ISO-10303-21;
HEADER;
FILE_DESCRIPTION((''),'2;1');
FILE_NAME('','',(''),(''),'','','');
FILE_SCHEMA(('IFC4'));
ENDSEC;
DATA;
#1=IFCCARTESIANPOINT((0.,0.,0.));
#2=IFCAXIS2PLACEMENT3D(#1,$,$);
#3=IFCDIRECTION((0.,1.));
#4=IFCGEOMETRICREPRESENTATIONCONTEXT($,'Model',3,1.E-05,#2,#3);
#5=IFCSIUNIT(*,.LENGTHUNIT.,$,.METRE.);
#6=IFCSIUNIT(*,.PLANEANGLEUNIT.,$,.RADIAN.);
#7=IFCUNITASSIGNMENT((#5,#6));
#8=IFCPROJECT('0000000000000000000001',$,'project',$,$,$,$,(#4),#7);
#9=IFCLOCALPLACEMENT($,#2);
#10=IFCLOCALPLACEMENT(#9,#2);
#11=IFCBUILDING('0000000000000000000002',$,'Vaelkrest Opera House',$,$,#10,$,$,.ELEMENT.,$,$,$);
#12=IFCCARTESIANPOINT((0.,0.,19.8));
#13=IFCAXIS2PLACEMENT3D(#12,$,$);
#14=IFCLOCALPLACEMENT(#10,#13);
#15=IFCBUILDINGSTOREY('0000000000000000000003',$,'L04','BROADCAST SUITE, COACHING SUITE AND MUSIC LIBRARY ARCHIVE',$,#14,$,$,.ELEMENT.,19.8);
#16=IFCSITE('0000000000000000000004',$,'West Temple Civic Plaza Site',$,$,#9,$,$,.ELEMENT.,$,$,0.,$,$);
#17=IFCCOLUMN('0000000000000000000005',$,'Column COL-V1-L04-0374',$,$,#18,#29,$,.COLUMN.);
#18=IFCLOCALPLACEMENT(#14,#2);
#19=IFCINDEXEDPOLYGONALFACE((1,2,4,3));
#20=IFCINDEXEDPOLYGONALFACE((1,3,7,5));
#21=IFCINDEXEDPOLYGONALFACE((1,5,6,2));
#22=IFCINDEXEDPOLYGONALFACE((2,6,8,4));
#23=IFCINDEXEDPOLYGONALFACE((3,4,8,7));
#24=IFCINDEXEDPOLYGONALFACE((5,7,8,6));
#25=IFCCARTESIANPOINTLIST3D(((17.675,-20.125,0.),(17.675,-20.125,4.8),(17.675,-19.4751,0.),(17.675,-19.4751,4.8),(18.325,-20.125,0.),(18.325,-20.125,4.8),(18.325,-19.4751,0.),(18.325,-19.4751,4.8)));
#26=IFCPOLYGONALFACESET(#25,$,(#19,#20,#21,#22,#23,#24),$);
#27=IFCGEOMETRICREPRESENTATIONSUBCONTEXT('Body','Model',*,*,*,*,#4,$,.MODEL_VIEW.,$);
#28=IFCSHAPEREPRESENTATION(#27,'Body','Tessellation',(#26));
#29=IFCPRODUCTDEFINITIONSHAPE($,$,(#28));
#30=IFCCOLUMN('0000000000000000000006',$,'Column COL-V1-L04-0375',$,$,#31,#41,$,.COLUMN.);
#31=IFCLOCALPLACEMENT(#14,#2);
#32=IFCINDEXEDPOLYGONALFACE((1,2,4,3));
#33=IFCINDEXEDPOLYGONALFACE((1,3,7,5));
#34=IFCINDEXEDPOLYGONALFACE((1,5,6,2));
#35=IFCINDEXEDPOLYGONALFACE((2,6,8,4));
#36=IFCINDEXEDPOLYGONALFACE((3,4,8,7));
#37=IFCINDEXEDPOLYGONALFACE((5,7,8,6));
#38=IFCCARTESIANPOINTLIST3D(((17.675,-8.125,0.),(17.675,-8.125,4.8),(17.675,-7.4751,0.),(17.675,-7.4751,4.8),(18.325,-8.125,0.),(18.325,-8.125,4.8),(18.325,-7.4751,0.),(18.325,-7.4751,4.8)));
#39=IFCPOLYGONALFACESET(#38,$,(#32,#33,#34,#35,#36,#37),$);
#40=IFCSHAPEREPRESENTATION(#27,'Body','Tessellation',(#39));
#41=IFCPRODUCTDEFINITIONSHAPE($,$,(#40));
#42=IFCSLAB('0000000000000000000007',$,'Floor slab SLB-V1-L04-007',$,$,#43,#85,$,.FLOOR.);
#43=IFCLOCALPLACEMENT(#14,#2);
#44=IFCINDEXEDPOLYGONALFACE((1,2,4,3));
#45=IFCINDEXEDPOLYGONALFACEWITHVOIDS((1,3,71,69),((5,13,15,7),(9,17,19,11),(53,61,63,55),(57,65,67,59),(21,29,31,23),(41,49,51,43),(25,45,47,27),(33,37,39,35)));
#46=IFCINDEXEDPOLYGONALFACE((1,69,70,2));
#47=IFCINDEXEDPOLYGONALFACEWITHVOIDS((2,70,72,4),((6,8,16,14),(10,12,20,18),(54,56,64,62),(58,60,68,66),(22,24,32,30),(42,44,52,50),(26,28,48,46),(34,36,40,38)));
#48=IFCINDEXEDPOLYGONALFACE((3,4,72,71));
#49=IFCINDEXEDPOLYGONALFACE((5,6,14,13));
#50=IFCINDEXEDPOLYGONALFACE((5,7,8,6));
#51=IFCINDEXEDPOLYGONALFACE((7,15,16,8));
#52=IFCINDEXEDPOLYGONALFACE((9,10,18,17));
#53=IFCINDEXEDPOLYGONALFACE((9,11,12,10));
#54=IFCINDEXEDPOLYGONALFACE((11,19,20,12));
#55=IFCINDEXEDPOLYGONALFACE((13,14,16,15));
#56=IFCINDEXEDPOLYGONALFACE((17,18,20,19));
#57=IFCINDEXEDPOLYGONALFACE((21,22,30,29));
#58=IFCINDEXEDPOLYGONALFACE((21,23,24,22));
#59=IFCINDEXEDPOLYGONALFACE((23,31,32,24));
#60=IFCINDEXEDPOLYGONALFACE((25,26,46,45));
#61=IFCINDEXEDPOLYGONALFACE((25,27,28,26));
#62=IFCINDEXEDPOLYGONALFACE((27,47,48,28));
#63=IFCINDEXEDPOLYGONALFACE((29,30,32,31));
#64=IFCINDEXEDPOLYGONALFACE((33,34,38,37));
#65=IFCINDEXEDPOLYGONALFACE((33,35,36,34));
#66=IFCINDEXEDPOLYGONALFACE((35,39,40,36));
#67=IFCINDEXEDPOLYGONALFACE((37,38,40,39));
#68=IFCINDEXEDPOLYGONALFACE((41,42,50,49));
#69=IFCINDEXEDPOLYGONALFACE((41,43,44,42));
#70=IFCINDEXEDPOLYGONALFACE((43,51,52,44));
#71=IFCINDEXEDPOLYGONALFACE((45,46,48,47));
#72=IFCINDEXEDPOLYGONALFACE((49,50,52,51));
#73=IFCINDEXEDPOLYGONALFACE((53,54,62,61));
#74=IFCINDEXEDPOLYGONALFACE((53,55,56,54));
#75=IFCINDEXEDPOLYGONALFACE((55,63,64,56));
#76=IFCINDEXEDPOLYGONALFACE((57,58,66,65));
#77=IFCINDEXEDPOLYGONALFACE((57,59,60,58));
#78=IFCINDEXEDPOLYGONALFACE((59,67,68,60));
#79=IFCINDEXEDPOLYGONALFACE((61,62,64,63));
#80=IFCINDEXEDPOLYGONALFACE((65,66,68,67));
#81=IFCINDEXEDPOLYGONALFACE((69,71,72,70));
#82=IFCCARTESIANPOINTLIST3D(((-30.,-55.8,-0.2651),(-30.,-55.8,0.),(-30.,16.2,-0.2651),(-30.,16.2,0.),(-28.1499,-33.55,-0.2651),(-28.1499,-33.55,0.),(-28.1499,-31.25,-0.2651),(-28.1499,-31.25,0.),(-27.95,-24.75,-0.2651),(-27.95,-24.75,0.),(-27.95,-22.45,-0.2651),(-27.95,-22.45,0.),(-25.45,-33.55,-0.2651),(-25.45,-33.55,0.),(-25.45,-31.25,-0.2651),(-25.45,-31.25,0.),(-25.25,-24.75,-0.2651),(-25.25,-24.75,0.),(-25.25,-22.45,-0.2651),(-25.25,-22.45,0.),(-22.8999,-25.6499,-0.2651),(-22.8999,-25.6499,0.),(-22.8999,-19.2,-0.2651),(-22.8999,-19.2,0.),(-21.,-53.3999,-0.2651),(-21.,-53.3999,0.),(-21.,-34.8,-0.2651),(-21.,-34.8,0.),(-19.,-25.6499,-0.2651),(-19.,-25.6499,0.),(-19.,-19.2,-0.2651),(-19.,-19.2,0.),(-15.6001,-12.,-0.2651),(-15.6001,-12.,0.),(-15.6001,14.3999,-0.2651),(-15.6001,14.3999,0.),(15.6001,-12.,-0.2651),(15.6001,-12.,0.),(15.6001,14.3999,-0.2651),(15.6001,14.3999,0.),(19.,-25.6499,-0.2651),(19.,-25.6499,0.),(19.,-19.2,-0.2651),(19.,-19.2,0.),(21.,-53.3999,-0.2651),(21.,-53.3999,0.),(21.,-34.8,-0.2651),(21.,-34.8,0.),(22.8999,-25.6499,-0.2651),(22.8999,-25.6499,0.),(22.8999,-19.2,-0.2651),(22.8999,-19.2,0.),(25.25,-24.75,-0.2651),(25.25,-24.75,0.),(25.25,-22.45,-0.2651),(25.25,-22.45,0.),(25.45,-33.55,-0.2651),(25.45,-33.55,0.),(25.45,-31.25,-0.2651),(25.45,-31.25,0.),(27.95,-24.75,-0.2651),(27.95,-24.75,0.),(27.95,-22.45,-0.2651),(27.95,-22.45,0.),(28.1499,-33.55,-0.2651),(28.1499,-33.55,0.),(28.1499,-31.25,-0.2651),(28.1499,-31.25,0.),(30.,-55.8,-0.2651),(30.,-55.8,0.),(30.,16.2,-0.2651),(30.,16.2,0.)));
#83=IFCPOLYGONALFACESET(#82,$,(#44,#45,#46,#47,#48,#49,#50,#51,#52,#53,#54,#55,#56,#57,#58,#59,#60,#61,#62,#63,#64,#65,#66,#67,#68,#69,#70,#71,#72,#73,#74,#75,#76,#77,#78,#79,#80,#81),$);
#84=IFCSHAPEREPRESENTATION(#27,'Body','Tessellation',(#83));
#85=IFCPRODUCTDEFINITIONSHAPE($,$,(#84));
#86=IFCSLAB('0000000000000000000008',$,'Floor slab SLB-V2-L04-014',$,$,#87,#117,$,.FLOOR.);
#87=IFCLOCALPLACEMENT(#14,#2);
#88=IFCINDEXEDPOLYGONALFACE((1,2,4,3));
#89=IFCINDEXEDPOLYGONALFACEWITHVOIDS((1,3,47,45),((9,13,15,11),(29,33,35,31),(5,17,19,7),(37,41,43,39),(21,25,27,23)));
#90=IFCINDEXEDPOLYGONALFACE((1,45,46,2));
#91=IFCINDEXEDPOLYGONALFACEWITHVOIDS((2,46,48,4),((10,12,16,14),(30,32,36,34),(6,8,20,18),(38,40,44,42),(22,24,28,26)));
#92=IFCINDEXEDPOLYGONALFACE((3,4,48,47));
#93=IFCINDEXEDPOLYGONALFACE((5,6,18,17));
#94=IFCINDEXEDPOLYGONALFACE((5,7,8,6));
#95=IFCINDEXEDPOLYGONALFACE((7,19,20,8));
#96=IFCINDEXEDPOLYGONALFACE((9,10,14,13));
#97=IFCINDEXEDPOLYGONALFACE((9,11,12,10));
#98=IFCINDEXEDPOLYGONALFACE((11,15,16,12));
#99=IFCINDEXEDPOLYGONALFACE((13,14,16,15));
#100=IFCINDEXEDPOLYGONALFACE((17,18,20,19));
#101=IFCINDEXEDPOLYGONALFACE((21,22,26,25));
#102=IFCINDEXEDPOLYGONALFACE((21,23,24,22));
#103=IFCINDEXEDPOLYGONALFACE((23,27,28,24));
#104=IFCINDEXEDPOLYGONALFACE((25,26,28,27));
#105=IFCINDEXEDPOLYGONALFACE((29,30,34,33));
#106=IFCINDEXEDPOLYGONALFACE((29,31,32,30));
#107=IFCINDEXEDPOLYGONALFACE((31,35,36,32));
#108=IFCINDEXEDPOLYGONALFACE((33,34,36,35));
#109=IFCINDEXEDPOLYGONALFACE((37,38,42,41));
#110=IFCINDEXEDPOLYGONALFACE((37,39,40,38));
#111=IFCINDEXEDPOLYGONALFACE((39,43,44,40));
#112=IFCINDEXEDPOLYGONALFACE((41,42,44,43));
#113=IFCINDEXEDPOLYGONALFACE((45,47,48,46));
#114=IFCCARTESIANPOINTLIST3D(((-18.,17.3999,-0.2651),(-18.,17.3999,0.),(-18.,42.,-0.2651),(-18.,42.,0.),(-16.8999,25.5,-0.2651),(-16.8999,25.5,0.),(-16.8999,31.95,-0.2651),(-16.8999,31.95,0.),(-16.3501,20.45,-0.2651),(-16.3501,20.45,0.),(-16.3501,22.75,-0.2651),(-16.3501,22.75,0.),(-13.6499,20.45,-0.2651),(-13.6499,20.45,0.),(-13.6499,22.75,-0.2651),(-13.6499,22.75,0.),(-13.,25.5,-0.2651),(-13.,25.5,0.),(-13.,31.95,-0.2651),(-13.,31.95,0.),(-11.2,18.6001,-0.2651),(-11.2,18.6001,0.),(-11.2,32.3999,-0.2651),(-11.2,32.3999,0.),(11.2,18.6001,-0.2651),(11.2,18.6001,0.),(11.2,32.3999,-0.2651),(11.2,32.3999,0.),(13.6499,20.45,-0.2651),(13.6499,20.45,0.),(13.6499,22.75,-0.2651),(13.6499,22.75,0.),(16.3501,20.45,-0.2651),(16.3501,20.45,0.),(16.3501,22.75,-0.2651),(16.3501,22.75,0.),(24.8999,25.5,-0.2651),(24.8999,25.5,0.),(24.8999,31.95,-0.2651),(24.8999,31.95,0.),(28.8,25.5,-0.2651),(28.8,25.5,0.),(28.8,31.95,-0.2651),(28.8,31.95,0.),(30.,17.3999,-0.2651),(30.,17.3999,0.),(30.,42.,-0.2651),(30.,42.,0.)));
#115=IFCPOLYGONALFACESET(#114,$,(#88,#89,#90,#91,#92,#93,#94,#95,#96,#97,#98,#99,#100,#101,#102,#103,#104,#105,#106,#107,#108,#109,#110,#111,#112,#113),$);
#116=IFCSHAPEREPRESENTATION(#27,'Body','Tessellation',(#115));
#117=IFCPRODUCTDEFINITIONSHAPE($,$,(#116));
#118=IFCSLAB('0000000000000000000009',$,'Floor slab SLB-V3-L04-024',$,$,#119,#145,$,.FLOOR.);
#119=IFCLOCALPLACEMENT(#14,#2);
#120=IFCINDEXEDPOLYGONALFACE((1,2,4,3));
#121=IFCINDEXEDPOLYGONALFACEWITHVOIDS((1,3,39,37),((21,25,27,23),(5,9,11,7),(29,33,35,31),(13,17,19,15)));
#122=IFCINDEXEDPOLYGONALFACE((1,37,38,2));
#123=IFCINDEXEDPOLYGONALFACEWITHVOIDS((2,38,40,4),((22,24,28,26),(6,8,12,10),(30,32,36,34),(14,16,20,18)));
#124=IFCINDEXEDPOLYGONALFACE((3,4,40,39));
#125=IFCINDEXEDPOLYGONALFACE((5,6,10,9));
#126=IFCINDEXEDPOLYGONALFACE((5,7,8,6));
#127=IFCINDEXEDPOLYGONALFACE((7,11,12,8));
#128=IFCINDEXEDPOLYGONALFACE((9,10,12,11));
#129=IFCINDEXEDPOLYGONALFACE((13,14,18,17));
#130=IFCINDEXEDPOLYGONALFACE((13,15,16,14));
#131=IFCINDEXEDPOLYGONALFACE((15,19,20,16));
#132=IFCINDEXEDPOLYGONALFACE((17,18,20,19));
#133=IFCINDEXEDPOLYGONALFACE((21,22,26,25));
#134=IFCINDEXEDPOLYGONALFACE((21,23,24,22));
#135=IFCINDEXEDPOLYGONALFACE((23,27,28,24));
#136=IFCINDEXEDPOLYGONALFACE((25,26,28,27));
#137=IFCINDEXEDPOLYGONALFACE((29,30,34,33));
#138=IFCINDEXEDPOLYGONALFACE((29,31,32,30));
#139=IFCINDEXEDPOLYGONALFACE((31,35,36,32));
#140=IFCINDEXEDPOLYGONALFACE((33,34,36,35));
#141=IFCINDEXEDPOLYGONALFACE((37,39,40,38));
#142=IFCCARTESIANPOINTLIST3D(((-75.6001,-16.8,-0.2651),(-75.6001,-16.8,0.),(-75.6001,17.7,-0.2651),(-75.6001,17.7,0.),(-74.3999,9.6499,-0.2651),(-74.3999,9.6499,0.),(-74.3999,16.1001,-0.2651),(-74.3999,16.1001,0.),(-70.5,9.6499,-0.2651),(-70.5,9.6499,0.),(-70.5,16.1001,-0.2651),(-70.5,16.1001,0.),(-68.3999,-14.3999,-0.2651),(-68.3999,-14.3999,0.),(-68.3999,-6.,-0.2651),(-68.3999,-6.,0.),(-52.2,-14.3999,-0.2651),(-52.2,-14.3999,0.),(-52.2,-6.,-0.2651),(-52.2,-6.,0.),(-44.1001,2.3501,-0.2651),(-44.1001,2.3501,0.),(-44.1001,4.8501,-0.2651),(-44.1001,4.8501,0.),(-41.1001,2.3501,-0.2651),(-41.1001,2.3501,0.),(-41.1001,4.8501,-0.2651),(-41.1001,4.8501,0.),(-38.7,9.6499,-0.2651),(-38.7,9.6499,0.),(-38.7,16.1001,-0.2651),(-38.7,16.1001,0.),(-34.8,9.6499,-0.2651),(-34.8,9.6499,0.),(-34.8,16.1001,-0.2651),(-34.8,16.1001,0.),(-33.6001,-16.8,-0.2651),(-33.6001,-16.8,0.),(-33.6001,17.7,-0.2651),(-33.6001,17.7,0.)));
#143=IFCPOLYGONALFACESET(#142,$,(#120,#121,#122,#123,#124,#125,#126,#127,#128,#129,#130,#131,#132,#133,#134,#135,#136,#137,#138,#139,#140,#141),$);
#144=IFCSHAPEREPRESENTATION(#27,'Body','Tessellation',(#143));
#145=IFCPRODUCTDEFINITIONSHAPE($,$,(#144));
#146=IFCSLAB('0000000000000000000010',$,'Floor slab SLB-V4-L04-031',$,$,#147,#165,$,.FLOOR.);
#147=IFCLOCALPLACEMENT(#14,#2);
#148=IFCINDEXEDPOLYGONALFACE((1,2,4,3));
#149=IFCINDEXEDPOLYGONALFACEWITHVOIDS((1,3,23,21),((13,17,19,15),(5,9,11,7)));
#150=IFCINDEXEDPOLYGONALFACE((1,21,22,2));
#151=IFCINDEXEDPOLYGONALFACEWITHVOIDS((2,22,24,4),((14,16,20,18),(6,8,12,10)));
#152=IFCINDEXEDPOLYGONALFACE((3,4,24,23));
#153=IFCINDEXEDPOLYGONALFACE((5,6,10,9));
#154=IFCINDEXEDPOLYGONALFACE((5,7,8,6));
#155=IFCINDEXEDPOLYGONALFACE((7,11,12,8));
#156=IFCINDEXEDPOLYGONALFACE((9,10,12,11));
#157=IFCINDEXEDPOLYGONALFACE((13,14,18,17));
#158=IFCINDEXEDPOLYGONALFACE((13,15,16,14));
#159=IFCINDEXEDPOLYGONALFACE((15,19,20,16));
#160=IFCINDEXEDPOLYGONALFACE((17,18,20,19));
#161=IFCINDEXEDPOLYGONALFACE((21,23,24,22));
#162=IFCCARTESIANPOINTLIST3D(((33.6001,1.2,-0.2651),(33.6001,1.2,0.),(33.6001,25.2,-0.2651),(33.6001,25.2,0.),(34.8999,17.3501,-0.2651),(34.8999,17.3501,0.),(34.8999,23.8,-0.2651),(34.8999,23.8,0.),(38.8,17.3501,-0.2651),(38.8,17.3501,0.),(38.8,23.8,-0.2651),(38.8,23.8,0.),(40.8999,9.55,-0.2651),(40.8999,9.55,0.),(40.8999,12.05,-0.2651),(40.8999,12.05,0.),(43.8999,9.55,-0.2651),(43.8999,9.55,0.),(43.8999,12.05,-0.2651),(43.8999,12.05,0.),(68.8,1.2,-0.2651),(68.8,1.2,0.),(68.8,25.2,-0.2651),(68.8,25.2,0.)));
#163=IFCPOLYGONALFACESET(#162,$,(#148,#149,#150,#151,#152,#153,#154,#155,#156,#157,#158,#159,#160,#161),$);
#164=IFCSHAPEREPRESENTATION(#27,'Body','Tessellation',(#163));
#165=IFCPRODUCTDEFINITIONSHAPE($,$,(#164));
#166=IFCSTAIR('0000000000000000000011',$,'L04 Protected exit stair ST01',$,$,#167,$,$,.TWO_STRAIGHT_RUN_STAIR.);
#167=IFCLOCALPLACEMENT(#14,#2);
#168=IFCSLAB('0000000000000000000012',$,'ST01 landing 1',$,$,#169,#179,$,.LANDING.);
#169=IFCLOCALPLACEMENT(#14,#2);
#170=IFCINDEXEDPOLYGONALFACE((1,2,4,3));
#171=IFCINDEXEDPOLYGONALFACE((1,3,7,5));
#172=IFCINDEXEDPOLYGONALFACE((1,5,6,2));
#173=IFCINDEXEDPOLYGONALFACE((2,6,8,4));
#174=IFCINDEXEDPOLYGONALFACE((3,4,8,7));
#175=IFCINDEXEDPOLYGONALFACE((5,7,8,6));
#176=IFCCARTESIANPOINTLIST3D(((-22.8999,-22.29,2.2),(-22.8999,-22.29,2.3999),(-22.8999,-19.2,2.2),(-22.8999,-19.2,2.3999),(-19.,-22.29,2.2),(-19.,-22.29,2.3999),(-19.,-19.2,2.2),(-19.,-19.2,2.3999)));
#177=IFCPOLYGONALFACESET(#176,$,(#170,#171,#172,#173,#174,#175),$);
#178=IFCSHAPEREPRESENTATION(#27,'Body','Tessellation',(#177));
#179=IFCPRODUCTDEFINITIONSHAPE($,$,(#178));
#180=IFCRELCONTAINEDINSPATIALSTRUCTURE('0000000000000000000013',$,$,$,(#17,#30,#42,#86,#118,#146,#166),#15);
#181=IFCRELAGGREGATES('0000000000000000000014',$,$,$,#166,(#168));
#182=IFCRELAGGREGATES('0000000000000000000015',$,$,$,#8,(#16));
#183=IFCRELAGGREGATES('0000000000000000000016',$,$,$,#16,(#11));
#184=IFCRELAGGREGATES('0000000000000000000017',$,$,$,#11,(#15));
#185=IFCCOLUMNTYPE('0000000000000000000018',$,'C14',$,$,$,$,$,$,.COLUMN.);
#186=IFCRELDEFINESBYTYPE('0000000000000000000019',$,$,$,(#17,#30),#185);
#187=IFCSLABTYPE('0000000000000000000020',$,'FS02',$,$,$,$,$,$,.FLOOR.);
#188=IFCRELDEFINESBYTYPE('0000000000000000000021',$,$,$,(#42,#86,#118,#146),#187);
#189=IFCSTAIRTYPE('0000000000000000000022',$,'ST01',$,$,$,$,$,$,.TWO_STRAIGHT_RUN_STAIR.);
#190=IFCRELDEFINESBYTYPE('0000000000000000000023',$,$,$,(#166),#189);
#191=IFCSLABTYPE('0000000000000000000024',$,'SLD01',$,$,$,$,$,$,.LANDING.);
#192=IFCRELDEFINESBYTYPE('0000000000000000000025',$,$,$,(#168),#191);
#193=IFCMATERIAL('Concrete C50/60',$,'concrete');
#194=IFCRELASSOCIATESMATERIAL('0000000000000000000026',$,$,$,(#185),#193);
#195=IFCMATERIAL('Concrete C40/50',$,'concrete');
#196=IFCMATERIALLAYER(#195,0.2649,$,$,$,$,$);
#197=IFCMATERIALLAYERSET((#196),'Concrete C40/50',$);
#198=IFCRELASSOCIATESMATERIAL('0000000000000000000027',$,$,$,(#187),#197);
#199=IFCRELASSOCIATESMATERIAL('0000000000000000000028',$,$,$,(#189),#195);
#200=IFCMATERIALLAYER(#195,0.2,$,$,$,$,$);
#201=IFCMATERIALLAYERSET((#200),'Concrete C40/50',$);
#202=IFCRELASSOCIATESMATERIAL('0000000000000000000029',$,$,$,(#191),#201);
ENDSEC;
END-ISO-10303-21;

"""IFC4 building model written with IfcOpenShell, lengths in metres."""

from ifc_helpers import new_model, si_unit, direction, frame, origin, origin_2d, place, context, subcontext, project, spatial, polyline, rectangle, outline, extrude, material, layer, layer_set, material_profile, profile_set, type_object, element, aggregate, save


model = new_model("IFC4")

# Units and contexts
model_context = context("Model", 3, precision=1e-05, world=origin(), true_north=direction((0.0, 1.0)))
body_context = subcontext(model_context, "Body", "Model", "MODEL_VIEW")
ifc_project = project(units=[si_unit("LENGTHUNIT", "METRE"), si_unit("PLANEANGLEUNIT", "RADIAN")], contexts=[model_context])

# Site, building, storey
site_placement = place(None, origin())
site = spatial("IfcSite", under=ifc_project, at=site_placement, Name="West Temple Civic Plaza Site", CompositionType="ELEMENT", RefElevation=0.0)
building_placement = place(site_placement, origin())
building = spatial("IfcBuilding", under=site, at=building_placement, Name="Vaelkrest Opera House", CompositionType="ELEMENT")
storey_placement = place(building_placement, frame((0.0, 0.0, 19.8)))
storey = spatial("IfcBuildingStorey", under=building, at=storey_placement, Name="L04", Description="BROADCAST SUITE, COACHING SUITE AND MUSIC LIBRARY ARCHIVE", CompositionType="ELEMENT", Elevation=19.8)

# Columns
ifc_material_1 = material(Name="Concrete C50/60", Category="concrete")
ifc_material_profile = material_profile(ifc_material_1, rectangle(XDim=0.6499, YDim=0.6499, at=origin_2d()), Name="RC650X650")
ifc_profile_set = profile_set([ifc_material_profile], Name="Concrete C50/60")
column_type = type_object("IfcColumnType", Name="C14", PredefinedType="COLUMN", material=ifc_profile_set)
for number, where, z_axis, x_axis, name in (
    (1, (18.0, -19.8, 0.0), (0.0, 0.0, 1.0), (1.0, 0.0, 0.0), "Column COL-V1-L04-0374"),
    (2, (18.0, -7.8, 0.0), (0.0, 0.0, 1.0), (1.0, 0.0, 0.0), "Column COL-V1-L04-0375"),
):
    element("IfcColumn", number, at=place(storey_placement, frame(where, z_axis=z_axis, x_axis=x_axis)), inside=storey, type_object=column_type, Name=name, PredefinedType="COLUMN", context=body_context, shape_type="SweptSolid", body=[
        extrude(rectangle(XDim=0.6499, YDim=0.6499, at=origin_2d()), origin(), (0.0, 0.0, 1.0), 4.8),
    ])

# Slabs
ifc_material_2 = material(Name="Concrete C40/50", Category="concrete")
ifc_layer_1 = layer(ifc_material_2, 0.2649)
ifc_layer_set_1 = layer_set([ifc_layer_1], Name="Concrete C40/50")
slab_type_1 = type_object("IfcSlabType", Name="FS02", PredefinedType="FLOOR", material=ifc_layer_set_1)
slab_1_placement = place(storey_placement, frame((0.0, 0.0, -0.2651)))
element("IfcSlab", 3, at=slab_1_placement, inside=storey, type_object=slab_type_1, Name="Floor slab SLB-V1-L04-007", PredefinedType="FLOOR", context=body_context, shape_type="SweptSolid", body=[
    extrude(outline(polyline([(-30.0, -55.8), (30.0, -55.8), (30.0, 16.2), (-30.0, 16.2), (-30.0, -55.8)]), holes=[polyline([(-15.6001, -12.0), (15.6001, -12.0), (15.6001, 14.3999), (-15.6001, 14.3999), (-15.6001, -12.0)]), polyline([(-21.0, -53.3999), (21.0, -53.3999), (21.0, -34.8), (-21.0, -34.8), (-21.0, -53.3999)]), polyline([(-19.0, -25.6499), (-19.0, -19.2), (-22.8999, -19.2), (-22.8999, -25.6499), (-19.0, -25.6499)]), polyline([(22.8999, -25.6499), (22.8999, -19.2), (19.0, -19.2), (19.0, -25.6499), (22.8999, -25.6499)]), polyline([(-27.95, -24.75), (-25.25, -24.75), (-25.25, -22.45), (-27.95, -22.45), (-27.95, -24.75)]), polyline([(25.25, -24.75), (27.95, -24.75), (27.95, -22.45), (25.25, -22.45), (25.25, -24.75)]), polyline([(-28.1499, -33.55), (-25.45, -33.55), (-25.45, -31.25), (-28.1499, -31.25), (-28.1499, -33.55)]), polyline([(25.45, -33.55), (28.1499, -33.55), (28.1499, -31.25), (25.45, -31.25), (25.45, -33.55)])]), origin(), (0.0, 0.0, 1.0), 0.2651),
])
slab_2_placement = place(storey_placement, frame((0.0, 0.0, -0.2651)))
element("IfcSlab", 4, at=slab_2_placement, inside=storey, type_object=slab_type_1, Name="Floor slab SLB-V2-L04-014", PredefinedType="FLOOR", context=body_context, shape_type="SweptSolid", body=[
    extrude(outline(polyline([(-18.0, 17.3999), (30.0, 17.3999), (30.0, 42.0), (-18.0, 42.0), (-18.0, 17.3999)]), holes=[polyline([(-11.2, 18.6001), (11.2, 18.6001), (11.2, 32.3999), (-11.2, 32.3999), (-11.2, 18.6001)]), polyline([(-16.8999, 31.95), (-16.8999, 25.5), (-13.0, 25.5), (-13.0, 31.95), (-16.8999, 31.95)]), polyline([(24.8999, 31.95), (24.8999, 25.5), (28.8, 25.5), (28.8, 31.95), (24.8999, 31.95)]), polyline([(-16.3501, 20.45), (-13.6499, 20.45), (-13.6499, 22.75), (-16.3501, 22.75), (-16.3501, 20.45)]), polyline([(13.6499, 20.45), (16.3501, 20.45), (16.3501, 22.75), (13.6499, 22.75), (13.6499, 20.45)])]), origin(), (0.0, 0.0, 1.0), 0.2651),
])
slab_3_placement = place(storey_placement, frame((0.0, 0.0, -0.2651)))
element("IfcSlab", 5, at=slab_3_placement, inside=storey, type_object=slab_type_1, Name="Floor slab SLB-V3-L04-024", PredefinedType="FLOOR", context=body_context, shape_type="SweptSolid", body=[
    extrude(outline(polyline([(-75.6001, -16.8), (-33.6001, -16.8), (-33.6001, 17.7), (-75.6001, 17.7), (-75.6001, -16.8)]), holes=[polyline([(-68.3999, -14.3999), (-52.2, -14.3999), (-52.2, -6.0), (-68.3999, -6.0), (-68.3999, -14.3999)]), polyline([(-70.5, 9.6499), (-70.5, 16.1001), (-74.3999, 16.1001), (-74.3999, 9.6499), (-70.5, 9.6499)]), polyline([(-34.8, 9.6499), (-34.8, 16.1001), (-38.7, 16.1001), (-38.7, 9.6499), (-34.8, 9.6499)]), polyline([(-44.1001, 2.3501), (-41.1001, 2.3501), (-41.1001, 4.8501), (-44.1001, 4.8501), (-44.1001, 2.3501)])]), origin(), (0.0, 0.0, 1.0), 0.2651),
])
slab_4_placement = place(storey_placement, frame((0.0, 0.0, -0.2651)))
element("IfcSlab", 6, at=slab_4_placement, inside=storey, type_object=slab_type_1, Name="Floor slab SLB-V4-L04-031", PredefinedType="FLOOR", context=body_context, shape_type="SweptSolid", body=[
    extrude(outline(polyline([(33.6001, 1.2), (68.8, 1.2), (68.8, 25.2), (33.6001, 25.2), (33.6001, 1.2)]), holes=[polyline([(38.8, 17.3501), (38.8, 23.8), (34.8999, 23.8), (34.8999, 17.3501), (38.8, 17.3501)]), polyline([(40.8999, 9.55), (43.8999, 9.55), (43.8999, 12.05), (40.8999, 12.05), (40.8999, 9.55)])]), origin(), (0.0, 0.0, 1.0), 0.2651),
])

# Stair, slab
stair_type_1 = type_object("IfcStairType", Name="ST01", PredefinedType="TWO_STRAIGHT_RUN_STAIR", material=ifc_material_2)
stair_1_placement = place(storey_placement, origin())
stair_1 = element("IfcStair", 7, at=stair_1_placement, inside=storey, type_object=stair_type_1, Name="L04 Protected exit stair ST01", PredefinedType="TWO_STRAIGHT_RUN_STAIR")
ifc_layer_2 = layer(ifc_material_2, 0.2)
ifc_layer_set_2 = layer_set([ifc_layer_2], Name="Concrete C40/50")
slab_type_2 = type_object("IfcSlabType", Name="SLD01", PredefinedType="LANDING", material=ifc_layer_set_2)
slab_5_placement = place(storey_placement, frame((0.0, 0.0, 2.2)))
slab_5 = element("IfcSlab", 8, at=slab_5_placement, type_object=slab_type_2, Name="ST01 landing 1", PredefinedType="LANDING", context=body_context, shape_type="SweptSolid", body=[
    extrude(outline(polyline([(-19.0, -22.29), (-19.0, -19.2), (-22.8999, -19.2), (-22.8999, -22.29), (-19.0, -22.29)])), origin(), (0.0, 0.0, 1.0), 0.2),
])
aggregate(stair_1, [slab_5])

save(model, "model.ifc")
